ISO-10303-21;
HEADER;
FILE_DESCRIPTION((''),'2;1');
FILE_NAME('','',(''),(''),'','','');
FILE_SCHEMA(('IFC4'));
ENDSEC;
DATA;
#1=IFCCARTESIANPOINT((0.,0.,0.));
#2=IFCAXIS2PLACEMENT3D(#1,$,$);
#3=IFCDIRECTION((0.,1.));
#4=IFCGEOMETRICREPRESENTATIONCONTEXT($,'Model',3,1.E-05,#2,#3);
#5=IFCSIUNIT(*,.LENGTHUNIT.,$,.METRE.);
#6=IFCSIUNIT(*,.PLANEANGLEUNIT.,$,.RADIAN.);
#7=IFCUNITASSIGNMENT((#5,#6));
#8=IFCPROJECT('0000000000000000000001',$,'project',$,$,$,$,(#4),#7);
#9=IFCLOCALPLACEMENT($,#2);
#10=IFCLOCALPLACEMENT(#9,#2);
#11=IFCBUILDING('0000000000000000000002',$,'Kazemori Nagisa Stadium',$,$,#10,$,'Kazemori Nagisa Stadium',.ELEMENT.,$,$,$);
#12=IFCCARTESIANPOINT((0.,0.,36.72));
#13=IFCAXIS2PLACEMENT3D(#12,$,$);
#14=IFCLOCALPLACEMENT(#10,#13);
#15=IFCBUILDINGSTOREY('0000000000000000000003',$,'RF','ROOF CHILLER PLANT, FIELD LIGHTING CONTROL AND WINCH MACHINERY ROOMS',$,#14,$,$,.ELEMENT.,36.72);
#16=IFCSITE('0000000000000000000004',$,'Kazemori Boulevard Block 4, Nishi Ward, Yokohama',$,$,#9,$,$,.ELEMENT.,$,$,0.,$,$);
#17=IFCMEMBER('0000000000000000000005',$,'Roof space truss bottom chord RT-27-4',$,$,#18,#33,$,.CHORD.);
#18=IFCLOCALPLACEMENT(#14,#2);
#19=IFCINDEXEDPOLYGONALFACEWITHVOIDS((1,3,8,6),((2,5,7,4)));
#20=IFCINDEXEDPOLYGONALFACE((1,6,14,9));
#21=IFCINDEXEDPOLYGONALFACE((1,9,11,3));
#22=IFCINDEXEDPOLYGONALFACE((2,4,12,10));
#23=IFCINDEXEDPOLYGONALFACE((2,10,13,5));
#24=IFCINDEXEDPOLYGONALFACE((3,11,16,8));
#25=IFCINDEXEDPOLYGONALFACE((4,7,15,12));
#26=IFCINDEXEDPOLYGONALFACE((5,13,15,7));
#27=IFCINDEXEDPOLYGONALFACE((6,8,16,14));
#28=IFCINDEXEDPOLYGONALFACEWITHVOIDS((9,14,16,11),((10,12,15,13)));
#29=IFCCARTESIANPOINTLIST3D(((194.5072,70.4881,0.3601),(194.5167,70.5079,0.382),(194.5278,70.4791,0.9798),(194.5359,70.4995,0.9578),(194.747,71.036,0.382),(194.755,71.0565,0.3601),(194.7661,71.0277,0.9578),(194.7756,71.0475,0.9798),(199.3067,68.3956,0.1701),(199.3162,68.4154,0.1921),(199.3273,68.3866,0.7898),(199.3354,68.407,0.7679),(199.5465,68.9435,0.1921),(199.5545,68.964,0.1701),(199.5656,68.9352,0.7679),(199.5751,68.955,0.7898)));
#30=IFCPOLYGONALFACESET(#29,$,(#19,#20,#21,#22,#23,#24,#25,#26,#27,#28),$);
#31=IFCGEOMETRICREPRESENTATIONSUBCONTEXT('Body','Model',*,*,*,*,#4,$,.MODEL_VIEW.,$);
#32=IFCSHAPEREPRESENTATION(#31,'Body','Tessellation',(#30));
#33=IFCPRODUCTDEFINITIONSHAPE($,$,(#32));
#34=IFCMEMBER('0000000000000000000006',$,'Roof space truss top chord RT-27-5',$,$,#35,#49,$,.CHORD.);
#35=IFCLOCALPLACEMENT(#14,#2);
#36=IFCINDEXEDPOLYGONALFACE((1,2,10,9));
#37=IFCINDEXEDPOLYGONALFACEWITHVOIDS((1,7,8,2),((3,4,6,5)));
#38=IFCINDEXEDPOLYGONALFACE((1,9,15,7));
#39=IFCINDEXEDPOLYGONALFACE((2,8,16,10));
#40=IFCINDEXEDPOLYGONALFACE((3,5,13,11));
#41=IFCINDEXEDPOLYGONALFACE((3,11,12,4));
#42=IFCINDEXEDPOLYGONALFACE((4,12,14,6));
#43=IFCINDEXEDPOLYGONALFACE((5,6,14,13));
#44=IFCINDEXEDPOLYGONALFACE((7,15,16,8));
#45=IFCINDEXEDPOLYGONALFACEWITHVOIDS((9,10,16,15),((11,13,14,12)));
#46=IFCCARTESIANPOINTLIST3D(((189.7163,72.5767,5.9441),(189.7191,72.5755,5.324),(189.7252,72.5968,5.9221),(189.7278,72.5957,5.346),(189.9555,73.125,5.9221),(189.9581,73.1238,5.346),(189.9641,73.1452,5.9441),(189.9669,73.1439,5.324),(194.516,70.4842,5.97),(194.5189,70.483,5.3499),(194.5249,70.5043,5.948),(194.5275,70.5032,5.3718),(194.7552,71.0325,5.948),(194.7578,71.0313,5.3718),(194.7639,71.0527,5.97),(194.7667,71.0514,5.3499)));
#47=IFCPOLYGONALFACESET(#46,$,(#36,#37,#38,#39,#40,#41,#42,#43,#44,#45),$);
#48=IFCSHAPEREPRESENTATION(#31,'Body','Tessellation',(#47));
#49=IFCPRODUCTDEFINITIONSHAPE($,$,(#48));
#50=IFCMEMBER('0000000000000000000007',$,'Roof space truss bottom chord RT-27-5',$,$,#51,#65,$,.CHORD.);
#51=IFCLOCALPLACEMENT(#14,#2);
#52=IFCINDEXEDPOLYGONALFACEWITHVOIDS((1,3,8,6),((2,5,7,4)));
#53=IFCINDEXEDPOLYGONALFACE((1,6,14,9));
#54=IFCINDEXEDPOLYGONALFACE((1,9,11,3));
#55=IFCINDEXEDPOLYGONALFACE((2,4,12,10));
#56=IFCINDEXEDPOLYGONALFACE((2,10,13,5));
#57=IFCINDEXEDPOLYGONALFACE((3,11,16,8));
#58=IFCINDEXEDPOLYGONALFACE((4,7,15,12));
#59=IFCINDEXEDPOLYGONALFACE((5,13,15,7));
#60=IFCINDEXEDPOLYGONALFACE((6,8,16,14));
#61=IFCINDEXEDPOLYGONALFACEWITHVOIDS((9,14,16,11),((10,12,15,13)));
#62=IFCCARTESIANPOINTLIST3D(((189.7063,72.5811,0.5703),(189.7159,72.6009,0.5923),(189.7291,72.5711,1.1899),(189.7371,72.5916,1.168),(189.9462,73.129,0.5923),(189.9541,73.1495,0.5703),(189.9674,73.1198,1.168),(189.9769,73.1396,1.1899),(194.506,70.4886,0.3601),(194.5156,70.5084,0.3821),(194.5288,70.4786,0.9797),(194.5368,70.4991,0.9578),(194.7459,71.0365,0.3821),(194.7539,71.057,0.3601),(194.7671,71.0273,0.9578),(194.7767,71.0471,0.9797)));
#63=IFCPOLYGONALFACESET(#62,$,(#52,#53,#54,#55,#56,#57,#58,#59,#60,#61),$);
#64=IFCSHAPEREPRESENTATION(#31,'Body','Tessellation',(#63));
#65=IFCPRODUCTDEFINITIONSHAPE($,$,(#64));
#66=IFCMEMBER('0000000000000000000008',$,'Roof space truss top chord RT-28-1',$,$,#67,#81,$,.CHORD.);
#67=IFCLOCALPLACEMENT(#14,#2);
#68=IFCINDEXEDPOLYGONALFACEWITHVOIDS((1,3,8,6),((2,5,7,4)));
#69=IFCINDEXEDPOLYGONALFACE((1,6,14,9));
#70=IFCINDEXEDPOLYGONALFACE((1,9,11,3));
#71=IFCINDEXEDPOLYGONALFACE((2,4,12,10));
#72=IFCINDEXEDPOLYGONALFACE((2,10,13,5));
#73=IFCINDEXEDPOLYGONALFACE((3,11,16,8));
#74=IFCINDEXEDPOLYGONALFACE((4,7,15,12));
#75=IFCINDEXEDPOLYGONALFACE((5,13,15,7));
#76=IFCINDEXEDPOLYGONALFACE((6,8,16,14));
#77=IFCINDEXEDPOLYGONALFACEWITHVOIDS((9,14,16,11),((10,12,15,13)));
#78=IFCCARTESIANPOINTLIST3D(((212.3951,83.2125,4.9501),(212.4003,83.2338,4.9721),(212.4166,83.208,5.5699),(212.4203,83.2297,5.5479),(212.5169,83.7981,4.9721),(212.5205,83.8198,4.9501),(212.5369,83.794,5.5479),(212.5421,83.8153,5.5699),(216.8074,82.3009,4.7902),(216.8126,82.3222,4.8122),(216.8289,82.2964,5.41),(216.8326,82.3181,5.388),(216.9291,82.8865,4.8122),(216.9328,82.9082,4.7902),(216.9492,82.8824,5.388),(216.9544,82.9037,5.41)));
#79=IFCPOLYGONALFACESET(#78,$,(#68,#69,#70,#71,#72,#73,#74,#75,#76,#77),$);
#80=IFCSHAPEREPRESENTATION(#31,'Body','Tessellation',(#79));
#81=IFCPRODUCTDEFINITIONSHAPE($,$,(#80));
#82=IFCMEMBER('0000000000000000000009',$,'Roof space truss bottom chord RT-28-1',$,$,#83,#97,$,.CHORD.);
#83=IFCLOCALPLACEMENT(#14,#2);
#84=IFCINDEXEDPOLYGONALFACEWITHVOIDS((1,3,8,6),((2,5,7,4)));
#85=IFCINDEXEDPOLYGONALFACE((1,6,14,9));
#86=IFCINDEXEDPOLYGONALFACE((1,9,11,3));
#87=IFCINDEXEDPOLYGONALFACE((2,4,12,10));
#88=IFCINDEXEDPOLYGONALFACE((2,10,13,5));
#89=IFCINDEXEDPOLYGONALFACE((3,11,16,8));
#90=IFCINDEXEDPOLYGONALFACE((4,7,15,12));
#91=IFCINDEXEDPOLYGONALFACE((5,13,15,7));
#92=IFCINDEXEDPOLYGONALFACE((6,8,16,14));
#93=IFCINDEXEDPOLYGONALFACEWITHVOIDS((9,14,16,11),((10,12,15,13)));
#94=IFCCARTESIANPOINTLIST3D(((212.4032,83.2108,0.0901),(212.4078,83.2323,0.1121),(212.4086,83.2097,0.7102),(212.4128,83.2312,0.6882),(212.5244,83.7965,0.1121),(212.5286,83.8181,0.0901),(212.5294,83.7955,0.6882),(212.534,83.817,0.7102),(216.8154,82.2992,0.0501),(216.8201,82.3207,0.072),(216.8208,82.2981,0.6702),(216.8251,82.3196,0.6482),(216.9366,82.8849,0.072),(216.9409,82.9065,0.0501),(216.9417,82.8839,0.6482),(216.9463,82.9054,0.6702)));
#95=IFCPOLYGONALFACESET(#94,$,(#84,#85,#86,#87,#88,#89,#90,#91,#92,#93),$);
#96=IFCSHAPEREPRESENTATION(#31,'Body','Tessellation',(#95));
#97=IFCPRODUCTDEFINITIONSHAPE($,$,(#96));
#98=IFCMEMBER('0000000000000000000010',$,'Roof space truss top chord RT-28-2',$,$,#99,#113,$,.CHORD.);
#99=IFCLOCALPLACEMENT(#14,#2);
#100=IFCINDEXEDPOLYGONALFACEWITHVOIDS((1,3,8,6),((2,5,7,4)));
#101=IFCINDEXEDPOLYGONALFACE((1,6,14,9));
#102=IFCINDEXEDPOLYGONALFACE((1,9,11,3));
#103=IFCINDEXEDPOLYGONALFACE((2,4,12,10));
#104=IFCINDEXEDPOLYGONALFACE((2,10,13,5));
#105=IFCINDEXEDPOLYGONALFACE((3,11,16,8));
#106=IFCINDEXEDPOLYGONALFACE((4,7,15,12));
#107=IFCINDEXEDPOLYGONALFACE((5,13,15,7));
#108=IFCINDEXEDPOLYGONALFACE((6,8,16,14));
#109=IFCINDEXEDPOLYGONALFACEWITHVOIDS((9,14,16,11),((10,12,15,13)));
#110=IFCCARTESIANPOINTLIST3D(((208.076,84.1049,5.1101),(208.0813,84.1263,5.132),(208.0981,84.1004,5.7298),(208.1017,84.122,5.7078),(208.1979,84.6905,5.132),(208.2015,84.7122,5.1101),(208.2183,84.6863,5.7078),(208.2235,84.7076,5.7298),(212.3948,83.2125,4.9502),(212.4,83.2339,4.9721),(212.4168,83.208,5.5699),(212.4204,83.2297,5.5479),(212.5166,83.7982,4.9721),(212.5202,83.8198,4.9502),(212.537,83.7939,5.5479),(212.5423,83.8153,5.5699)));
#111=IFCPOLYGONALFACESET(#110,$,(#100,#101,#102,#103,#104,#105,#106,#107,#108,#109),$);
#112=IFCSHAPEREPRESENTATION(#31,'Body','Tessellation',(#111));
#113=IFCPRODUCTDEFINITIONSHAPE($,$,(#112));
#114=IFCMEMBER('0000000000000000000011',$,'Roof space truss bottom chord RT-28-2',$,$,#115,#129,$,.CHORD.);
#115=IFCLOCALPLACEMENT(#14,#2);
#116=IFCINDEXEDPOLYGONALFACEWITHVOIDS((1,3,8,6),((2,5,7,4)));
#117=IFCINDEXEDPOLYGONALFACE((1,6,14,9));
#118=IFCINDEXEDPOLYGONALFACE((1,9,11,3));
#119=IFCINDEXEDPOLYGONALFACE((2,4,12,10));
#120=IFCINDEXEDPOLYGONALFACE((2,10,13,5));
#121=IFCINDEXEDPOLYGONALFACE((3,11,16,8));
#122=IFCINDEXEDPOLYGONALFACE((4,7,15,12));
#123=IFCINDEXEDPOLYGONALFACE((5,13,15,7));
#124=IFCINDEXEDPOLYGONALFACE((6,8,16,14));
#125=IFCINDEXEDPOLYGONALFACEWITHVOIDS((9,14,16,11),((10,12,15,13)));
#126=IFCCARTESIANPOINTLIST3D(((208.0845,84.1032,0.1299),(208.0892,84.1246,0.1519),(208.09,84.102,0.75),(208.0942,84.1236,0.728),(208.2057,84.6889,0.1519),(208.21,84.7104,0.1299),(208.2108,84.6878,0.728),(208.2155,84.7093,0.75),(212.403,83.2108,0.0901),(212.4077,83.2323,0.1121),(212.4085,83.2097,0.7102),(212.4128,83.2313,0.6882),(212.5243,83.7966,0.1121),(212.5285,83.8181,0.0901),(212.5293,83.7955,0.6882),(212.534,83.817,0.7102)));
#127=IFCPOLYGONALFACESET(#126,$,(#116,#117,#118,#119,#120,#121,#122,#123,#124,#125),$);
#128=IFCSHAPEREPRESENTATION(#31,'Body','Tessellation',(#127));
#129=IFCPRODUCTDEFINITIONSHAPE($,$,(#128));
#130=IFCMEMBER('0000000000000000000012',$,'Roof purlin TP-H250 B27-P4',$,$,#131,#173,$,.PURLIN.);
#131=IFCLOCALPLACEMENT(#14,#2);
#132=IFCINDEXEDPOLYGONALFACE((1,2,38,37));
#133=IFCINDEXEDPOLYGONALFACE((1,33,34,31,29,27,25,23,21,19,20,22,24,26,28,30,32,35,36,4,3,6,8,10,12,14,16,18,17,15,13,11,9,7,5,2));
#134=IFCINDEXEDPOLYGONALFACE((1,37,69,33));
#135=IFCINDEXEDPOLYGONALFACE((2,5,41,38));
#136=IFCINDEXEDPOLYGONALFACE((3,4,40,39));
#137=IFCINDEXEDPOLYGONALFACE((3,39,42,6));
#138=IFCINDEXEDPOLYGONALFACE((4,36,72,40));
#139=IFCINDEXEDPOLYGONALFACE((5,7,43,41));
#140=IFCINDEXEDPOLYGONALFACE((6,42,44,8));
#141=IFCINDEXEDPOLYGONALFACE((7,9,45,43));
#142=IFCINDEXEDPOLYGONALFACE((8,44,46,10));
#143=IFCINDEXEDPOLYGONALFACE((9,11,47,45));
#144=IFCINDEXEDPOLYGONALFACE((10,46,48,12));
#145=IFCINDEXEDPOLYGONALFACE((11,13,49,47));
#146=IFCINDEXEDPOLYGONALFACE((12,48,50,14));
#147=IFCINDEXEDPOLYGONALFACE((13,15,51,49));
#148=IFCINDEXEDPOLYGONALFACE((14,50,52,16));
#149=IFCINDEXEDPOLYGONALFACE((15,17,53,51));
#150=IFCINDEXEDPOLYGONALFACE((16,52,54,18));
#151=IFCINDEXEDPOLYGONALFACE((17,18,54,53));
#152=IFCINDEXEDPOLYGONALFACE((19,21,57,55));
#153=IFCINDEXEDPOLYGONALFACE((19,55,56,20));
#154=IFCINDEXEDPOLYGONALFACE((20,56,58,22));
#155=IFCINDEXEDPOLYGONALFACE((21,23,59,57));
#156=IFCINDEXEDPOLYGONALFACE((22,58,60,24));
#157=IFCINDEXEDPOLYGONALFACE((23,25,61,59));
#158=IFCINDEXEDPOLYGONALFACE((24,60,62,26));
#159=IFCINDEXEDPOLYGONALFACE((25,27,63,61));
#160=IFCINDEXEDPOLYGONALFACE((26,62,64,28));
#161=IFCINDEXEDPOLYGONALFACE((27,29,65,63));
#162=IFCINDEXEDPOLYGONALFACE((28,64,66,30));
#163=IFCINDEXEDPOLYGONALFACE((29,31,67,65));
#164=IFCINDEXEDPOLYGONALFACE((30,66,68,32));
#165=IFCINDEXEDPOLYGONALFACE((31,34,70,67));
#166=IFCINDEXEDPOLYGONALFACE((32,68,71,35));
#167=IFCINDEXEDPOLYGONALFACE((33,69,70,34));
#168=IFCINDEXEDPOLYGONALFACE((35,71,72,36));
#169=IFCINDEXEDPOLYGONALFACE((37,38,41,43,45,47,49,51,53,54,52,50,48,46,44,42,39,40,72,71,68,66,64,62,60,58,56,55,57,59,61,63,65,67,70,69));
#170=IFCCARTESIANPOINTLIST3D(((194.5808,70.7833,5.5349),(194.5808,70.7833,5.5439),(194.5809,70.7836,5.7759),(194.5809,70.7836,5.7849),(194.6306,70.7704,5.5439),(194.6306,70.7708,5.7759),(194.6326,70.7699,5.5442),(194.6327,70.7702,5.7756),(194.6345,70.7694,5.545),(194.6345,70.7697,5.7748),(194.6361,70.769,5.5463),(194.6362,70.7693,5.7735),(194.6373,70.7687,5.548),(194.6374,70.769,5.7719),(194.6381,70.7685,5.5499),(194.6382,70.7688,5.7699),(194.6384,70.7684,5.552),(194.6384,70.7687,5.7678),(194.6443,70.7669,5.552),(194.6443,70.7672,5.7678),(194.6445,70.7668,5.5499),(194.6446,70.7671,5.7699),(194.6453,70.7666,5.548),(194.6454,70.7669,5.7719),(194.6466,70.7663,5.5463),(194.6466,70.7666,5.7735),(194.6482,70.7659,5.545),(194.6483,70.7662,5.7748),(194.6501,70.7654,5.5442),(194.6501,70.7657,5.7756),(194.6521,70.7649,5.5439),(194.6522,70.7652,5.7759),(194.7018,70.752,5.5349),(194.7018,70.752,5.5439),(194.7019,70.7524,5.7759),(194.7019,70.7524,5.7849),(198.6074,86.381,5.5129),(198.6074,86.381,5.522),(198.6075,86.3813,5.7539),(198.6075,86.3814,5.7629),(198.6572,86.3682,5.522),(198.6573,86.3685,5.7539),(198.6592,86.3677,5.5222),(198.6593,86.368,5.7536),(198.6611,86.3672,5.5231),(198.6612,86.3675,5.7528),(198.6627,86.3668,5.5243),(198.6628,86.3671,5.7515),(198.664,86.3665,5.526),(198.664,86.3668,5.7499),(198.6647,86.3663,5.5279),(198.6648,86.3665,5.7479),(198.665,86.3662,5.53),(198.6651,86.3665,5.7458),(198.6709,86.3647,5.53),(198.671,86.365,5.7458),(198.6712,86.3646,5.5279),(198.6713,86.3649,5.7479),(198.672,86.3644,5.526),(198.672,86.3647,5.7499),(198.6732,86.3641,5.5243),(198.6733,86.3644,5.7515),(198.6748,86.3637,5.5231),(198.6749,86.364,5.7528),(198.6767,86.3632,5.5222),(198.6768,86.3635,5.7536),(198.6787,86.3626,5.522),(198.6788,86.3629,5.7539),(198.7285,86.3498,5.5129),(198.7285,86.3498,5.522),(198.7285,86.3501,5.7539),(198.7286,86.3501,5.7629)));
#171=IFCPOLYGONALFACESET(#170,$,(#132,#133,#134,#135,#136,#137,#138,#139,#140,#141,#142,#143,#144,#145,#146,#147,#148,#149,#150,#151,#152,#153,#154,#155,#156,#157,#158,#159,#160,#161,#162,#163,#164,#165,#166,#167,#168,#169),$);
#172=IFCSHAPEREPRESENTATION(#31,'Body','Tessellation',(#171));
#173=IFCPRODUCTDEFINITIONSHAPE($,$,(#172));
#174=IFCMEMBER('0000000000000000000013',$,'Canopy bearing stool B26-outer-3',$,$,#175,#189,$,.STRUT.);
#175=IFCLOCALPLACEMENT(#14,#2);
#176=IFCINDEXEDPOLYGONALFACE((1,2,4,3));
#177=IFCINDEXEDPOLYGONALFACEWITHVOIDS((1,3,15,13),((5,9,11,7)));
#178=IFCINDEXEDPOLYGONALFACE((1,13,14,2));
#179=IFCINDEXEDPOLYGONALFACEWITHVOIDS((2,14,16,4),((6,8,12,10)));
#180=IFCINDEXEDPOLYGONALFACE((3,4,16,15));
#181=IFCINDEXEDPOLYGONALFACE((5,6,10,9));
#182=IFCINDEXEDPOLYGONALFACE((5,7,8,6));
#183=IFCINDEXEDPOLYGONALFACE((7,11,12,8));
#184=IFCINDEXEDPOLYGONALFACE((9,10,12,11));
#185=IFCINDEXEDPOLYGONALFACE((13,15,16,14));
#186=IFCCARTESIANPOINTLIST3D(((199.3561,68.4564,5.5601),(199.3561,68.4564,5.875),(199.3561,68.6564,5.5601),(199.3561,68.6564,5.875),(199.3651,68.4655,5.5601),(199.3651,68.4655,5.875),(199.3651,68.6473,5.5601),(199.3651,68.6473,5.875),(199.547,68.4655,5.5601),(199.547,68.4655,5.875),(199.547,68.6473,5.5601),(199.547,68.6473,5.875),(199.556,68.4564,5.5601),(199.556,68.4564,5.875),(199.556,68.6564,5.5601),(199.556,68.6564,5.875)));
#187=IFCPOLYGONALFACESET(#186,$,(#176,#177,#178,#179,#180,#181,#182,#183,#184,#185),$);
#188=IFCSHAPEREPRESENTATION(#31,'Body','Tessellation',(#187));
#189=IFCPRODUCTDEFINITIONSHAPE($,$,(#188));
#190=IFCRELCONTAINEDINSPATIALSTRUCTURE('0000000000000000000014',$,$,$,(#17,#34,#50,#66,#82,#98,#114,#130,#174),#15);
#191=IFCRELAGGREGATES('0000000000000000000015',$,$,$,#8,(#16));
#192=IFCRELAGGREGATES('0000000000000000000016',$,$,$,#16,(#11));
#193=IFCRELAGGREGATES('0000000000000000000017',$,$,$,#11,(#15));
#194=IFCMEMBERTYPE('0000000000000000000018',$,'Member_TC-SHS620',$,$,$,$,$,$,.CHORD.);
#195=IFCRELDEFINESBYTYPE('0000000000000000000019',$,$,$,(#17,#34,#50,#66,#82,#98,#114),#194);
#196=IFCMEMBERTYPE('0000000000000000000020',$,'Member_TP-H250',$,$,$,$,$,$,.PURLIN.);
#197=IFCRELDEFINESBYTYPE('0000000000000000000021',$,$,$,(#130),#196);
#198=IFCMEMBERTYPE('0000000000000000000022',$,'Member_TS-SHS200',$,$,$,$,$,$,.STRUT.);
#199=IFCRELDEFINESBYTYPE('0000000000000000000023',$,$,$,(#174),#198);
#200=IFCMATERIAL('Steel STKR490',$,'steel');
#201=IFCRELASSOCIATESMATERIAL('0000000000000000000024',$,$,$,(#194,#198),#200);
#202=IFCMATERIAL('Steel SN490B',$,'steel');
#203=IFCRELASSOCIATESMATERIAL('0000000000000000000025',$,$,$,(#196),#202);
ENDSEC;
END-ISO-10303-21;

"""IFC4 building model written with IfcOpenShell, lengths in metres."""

from ifc_helpers import new_model, si_unit, direction, frame, origin, origin_2d, place, context, subcontext, project, spatial, hollow_rectangle, i_section, extrude, material, material_profile, profile_set, type_object, element, save


model = new_model("IFC4")

# Units and contexts
model_context = context("Model", 3, precision=1e-05, world=origin(), true_north=direction((0.0, 1.0)))
body_context = subcontext(model_context, "Body", "Model", "MODEL_VIEW")
ifc_project = project(units=[si_unit("LENGTHUNIT", "METRE"), si_unit("PLANEANGLEUNIT", "RADIAN")], contexts=[model_context])

# Site, building, storey
site_placement = place(None, origin())
site = spatial("IfcSite", under=ifc_project, at=site_placement, Name="Kazemori Boulevard Block 4, Nishi Ward, Yokohama", CompositionType="ELEMENT", RefElevation=0.0)
building_placement = place(site_placement, origin())
building = spatial("IfcBuilding", under=site, at=building_placement, Name="Kazemori Nagisa Stadium", LongName="Kazemori Nagisa Stadium", CompositionType="ELEMENT")
storey_placement = place(building_placement, frame((0.0, 0.0, 36.72)))
storey = spatial("IfcBuildingStorey", under=building, at=storey_placement, Name="RF", Description="ROOF CHILLER PLANT, FIELD LIGHTING CONTROL AND WINCH MACHINERY ROOMS", CompositionType="ELEMENT", Elevation=36.72)

# Shared definitions
ifc_material_1 = material(Name="Steel SN490B", Category="steel")

# Members
ifc_material_2 = material(Name="Steel STKR490", Category="steel")
ifc_material_profile_1 = material_profile(ifc_material_2, hollow_rectangle(XDim=0.6201, YDim=0.6201, WallThickness=0.022, at=origin_2d()), Name="SHS-620x620x22")
ifc_profile_set_1 = profile_set([ifc_material_profile_1], Name="Steel STKR490")
member_type_1 = type_object("IfcMemberType", Name="Member_TC-SHS620", PredefinedType="CHORD", material=ifc_profile_set_1)
member_1_placement = place(storey_placement, frame((199.4409, 68.6753, 0.48), z_axis=(-0.916064, 0.399389, 0.036253), x_axis=(-0.399652, -0.916667, 0.0)))
element("IfcMember", 1, at=member_1_placement, inside=storey, type_object=member_type_1, Name="Roof space truss bottom chord RT-27-4", PredefinedType="CHORD", context=body_context, shape_type="SweptSolid", body=[
    extrude(hollow_rectangle(XDim=0.6201, YDim=0.6201, WallThickness=0.022, at=origin_2d()), origin(), (0.0, 0.0, 1.0), 5.2393),
])
member_2_placement = place(storey_placement, frame((194.6414, 70.7678, 5.6599), z_axis=(-0.916663, 0.39963, -0.004942), x_axis=(-0.399635, -0.916675, 0.0)))
element("IfcMember", 2, at=member_2_placement, inside=storey, type_object=member_type_1, Name="Roof space truss top chord RT-27-5", PredefinedType="CHORD", context=body_context, shape_type="SweptSolid", body=[
    extrude(hollow_rectangle(XDim=0.6201, YDim=0.6201, WallThickness=0.022, at=origin_2d()), origin(), (0.0, 0.0, 1.0), 5.2361),
])
member_3_placement = place(storey_placement, frame((194.6414, 70.7678, 0.6699), z_axis=(-0.915937, 0.399313, 0.040113), x_axis=(-0.399635, -0.916675, 0.0)))
element("IfcMember", 3, at=member_3_placement, inside=storey, type_object=member_type_1, Name="Roof space truss bottom chord RT-27-5", PredefinedType="CHORD", context=body_context, shape_type="SweptSolid", body=[
    extrude(hollow_rectangle(XDim=0.6201, YDim=0.6201, WallThickness=0.022, at=origin_2d()), origin(), (0.0, 0.0, 1.0), 5.2402),
])
member_4_placement = place(storey_placement, frame((216.8809, 82.6023, 5.1001), z_axis=(-0.9787, 0.202206, 0.03547), x_axis=(-0.202333, -0.979317, 0.0)))
element("IfcMember", 4, at=member_4_placement, inside=storey, type_object=member_type_1, Name="Roof space truss top chord RT-28-1", PredefinedType="CHORD", context=body_context, shape_type="SweptSolid", body=[
    extrude(hollow_rectangle(XDim=0.6201, YDim=0.6201, WallThickness=0.022, at=origin_2d()), origin(), (0.0, 0.0, 1.0), 4.5083),
])
member_5_placement = place(storey_placement, frame((216.8809, 82.6023, 0.3601), z_axis=(-0.979278, 0.202325, 0.008886), x_axis=(-0.202333, -0.979317, 0.0)))
element("IfcMember", 5, at=member_5_placement, inside=storey, type_object=member_type_1, Name="Roof space truss bottom chord RT-28-1", PredefinedType="CHORD", context=body_context, shape_type="SweptSolid", body=[
    extrude(hollow_rectangle(XDim=0.6201, YDim=0.6201, WallThickness=0.022, at=origin_2d()), origin(), (0.0, 0.0, 1.0), 4.5056),
])
member_6_placement = place(storey_placement, frame((212.4685, 83.5139, 5.26), z_axis=(-0.97867, 0.202218, 0.036239), x_axis=(-0.202351, -0.979313, 0.0)))
element("IfcMember", 6, at=member_6_placement, inside=storey, type_object=member_type_1, Name="Roof space truss top chord RT-28-2", PredefinedType="CHORD", context=body_context, shape_type="SweptSolid", body=[
    extrude(hollow_rectangle(XDim=0.6201, YDim=0.6201, WallThickness=0.022, at=origin_2d()), origin(), (0.0, 0.0, 1.0), 4.4128),
])
member_7_placement = place(storey_placement, frame((212.4685, 83.5139, 0.4001), z_axis=(-0.979273, 0.202343, 0.009024), x_axis=(-0.202351, -0.979313, 0.0)))
element("IfcMember", 7, at=member_7_placement, inside=storey, type_object=member_type_1, Name="Roof space truss bottom chord RT-28-2", PredefinedType="CHORD", context=body_context, shape_type="SweptSolid", body=[
    extrude(hollow_rectangle(XDim=0.6201, YDim=0.6201, WallThickness=0.022, at=origin_2d()), origin(), (0.0, 0.0, 1.0), 4.4099),
])
ifc_material_profile_2 = material_profile(ifc_material_1, i_section(OverallWidth=0.125, OverallDepth=0.25, WebThickness=0.0061, FlangeThickness=0.009, FilletRadius=0.0081, at=origin_2d()), Name="H-250x125x6x9")
ifc_profile_set_2 = profile_set([ifc_material_profile_2], Name="Steel SN490B")
member_type_2 = type_object("IfcMemberType", Name="Member_TP-H250", PredefinedType="PURLIN", material=ifc_profile_set_2)
member_8_placement = place(storey_placement, frame((194.6414, 70.7678, 5.6599), z_axis=(0.24996, 0.968255, -0.001364), x_axis=(-0.968256, 0.24996, 0.0)))
element("IfcMember", 8, at=member_8_placement, inside=storey, type_object=member_type_2, Name="Roof purlin TP-H250 B27-P4", PredefinedType="PURLIN", context=body_context, shape_type="SweptSolid", body=[
    extrude(i_section(OverallWidth=0.125, OverallDepth=0.25, WebThickness=0.0061, FlangeThickness=0.009, FilletRadius=0.0081, at=origin_2d()), origin(), (0.0, 0.0, 1.0), 16.1091),
])
ifc_material_profile_3 = material_profile(ifc_material_2, hollow_rectangle(XDim=0.2, YDim=0.2, WallThickness=0.009, at=origin_2d()), Name="SHS-200x200x9")
ifc_profile_set_3 = profile_set([ifc_material_profile_3], Name="Steel STKR490")
member_type_3 = type_object("IfcMemberType", Name="Member_TS-SHS200", PredefinedType="STRUT", material=ifc_profile_set_3)
for number, where, z_axis, x_axis, name in (
    (9, (199.4561, 68.5564, 5.5601), (0.0, 0.0, 1.0), (1.0, 0.0, 0.0), "Canopy bearing stool B26-outer-3"),
):
    element("IfcMember", number, at=place(storey_placement, frame(where, z_axis=z_axis, x_axis=x_axis)), inside=storey, type_object=member_type_3, Name=name, PredefinedType="STRUT", context=body_context, shape_type="SweptSolid", body=[
        extrude(hollow_rectangle(XDim=0.2, YDim=0.2, WallThickness=0.009, at=origin_2d()), origin(), (0.0, 0.0, 1.0), 0.3149),
    ])

save(model, "model.ifc")
